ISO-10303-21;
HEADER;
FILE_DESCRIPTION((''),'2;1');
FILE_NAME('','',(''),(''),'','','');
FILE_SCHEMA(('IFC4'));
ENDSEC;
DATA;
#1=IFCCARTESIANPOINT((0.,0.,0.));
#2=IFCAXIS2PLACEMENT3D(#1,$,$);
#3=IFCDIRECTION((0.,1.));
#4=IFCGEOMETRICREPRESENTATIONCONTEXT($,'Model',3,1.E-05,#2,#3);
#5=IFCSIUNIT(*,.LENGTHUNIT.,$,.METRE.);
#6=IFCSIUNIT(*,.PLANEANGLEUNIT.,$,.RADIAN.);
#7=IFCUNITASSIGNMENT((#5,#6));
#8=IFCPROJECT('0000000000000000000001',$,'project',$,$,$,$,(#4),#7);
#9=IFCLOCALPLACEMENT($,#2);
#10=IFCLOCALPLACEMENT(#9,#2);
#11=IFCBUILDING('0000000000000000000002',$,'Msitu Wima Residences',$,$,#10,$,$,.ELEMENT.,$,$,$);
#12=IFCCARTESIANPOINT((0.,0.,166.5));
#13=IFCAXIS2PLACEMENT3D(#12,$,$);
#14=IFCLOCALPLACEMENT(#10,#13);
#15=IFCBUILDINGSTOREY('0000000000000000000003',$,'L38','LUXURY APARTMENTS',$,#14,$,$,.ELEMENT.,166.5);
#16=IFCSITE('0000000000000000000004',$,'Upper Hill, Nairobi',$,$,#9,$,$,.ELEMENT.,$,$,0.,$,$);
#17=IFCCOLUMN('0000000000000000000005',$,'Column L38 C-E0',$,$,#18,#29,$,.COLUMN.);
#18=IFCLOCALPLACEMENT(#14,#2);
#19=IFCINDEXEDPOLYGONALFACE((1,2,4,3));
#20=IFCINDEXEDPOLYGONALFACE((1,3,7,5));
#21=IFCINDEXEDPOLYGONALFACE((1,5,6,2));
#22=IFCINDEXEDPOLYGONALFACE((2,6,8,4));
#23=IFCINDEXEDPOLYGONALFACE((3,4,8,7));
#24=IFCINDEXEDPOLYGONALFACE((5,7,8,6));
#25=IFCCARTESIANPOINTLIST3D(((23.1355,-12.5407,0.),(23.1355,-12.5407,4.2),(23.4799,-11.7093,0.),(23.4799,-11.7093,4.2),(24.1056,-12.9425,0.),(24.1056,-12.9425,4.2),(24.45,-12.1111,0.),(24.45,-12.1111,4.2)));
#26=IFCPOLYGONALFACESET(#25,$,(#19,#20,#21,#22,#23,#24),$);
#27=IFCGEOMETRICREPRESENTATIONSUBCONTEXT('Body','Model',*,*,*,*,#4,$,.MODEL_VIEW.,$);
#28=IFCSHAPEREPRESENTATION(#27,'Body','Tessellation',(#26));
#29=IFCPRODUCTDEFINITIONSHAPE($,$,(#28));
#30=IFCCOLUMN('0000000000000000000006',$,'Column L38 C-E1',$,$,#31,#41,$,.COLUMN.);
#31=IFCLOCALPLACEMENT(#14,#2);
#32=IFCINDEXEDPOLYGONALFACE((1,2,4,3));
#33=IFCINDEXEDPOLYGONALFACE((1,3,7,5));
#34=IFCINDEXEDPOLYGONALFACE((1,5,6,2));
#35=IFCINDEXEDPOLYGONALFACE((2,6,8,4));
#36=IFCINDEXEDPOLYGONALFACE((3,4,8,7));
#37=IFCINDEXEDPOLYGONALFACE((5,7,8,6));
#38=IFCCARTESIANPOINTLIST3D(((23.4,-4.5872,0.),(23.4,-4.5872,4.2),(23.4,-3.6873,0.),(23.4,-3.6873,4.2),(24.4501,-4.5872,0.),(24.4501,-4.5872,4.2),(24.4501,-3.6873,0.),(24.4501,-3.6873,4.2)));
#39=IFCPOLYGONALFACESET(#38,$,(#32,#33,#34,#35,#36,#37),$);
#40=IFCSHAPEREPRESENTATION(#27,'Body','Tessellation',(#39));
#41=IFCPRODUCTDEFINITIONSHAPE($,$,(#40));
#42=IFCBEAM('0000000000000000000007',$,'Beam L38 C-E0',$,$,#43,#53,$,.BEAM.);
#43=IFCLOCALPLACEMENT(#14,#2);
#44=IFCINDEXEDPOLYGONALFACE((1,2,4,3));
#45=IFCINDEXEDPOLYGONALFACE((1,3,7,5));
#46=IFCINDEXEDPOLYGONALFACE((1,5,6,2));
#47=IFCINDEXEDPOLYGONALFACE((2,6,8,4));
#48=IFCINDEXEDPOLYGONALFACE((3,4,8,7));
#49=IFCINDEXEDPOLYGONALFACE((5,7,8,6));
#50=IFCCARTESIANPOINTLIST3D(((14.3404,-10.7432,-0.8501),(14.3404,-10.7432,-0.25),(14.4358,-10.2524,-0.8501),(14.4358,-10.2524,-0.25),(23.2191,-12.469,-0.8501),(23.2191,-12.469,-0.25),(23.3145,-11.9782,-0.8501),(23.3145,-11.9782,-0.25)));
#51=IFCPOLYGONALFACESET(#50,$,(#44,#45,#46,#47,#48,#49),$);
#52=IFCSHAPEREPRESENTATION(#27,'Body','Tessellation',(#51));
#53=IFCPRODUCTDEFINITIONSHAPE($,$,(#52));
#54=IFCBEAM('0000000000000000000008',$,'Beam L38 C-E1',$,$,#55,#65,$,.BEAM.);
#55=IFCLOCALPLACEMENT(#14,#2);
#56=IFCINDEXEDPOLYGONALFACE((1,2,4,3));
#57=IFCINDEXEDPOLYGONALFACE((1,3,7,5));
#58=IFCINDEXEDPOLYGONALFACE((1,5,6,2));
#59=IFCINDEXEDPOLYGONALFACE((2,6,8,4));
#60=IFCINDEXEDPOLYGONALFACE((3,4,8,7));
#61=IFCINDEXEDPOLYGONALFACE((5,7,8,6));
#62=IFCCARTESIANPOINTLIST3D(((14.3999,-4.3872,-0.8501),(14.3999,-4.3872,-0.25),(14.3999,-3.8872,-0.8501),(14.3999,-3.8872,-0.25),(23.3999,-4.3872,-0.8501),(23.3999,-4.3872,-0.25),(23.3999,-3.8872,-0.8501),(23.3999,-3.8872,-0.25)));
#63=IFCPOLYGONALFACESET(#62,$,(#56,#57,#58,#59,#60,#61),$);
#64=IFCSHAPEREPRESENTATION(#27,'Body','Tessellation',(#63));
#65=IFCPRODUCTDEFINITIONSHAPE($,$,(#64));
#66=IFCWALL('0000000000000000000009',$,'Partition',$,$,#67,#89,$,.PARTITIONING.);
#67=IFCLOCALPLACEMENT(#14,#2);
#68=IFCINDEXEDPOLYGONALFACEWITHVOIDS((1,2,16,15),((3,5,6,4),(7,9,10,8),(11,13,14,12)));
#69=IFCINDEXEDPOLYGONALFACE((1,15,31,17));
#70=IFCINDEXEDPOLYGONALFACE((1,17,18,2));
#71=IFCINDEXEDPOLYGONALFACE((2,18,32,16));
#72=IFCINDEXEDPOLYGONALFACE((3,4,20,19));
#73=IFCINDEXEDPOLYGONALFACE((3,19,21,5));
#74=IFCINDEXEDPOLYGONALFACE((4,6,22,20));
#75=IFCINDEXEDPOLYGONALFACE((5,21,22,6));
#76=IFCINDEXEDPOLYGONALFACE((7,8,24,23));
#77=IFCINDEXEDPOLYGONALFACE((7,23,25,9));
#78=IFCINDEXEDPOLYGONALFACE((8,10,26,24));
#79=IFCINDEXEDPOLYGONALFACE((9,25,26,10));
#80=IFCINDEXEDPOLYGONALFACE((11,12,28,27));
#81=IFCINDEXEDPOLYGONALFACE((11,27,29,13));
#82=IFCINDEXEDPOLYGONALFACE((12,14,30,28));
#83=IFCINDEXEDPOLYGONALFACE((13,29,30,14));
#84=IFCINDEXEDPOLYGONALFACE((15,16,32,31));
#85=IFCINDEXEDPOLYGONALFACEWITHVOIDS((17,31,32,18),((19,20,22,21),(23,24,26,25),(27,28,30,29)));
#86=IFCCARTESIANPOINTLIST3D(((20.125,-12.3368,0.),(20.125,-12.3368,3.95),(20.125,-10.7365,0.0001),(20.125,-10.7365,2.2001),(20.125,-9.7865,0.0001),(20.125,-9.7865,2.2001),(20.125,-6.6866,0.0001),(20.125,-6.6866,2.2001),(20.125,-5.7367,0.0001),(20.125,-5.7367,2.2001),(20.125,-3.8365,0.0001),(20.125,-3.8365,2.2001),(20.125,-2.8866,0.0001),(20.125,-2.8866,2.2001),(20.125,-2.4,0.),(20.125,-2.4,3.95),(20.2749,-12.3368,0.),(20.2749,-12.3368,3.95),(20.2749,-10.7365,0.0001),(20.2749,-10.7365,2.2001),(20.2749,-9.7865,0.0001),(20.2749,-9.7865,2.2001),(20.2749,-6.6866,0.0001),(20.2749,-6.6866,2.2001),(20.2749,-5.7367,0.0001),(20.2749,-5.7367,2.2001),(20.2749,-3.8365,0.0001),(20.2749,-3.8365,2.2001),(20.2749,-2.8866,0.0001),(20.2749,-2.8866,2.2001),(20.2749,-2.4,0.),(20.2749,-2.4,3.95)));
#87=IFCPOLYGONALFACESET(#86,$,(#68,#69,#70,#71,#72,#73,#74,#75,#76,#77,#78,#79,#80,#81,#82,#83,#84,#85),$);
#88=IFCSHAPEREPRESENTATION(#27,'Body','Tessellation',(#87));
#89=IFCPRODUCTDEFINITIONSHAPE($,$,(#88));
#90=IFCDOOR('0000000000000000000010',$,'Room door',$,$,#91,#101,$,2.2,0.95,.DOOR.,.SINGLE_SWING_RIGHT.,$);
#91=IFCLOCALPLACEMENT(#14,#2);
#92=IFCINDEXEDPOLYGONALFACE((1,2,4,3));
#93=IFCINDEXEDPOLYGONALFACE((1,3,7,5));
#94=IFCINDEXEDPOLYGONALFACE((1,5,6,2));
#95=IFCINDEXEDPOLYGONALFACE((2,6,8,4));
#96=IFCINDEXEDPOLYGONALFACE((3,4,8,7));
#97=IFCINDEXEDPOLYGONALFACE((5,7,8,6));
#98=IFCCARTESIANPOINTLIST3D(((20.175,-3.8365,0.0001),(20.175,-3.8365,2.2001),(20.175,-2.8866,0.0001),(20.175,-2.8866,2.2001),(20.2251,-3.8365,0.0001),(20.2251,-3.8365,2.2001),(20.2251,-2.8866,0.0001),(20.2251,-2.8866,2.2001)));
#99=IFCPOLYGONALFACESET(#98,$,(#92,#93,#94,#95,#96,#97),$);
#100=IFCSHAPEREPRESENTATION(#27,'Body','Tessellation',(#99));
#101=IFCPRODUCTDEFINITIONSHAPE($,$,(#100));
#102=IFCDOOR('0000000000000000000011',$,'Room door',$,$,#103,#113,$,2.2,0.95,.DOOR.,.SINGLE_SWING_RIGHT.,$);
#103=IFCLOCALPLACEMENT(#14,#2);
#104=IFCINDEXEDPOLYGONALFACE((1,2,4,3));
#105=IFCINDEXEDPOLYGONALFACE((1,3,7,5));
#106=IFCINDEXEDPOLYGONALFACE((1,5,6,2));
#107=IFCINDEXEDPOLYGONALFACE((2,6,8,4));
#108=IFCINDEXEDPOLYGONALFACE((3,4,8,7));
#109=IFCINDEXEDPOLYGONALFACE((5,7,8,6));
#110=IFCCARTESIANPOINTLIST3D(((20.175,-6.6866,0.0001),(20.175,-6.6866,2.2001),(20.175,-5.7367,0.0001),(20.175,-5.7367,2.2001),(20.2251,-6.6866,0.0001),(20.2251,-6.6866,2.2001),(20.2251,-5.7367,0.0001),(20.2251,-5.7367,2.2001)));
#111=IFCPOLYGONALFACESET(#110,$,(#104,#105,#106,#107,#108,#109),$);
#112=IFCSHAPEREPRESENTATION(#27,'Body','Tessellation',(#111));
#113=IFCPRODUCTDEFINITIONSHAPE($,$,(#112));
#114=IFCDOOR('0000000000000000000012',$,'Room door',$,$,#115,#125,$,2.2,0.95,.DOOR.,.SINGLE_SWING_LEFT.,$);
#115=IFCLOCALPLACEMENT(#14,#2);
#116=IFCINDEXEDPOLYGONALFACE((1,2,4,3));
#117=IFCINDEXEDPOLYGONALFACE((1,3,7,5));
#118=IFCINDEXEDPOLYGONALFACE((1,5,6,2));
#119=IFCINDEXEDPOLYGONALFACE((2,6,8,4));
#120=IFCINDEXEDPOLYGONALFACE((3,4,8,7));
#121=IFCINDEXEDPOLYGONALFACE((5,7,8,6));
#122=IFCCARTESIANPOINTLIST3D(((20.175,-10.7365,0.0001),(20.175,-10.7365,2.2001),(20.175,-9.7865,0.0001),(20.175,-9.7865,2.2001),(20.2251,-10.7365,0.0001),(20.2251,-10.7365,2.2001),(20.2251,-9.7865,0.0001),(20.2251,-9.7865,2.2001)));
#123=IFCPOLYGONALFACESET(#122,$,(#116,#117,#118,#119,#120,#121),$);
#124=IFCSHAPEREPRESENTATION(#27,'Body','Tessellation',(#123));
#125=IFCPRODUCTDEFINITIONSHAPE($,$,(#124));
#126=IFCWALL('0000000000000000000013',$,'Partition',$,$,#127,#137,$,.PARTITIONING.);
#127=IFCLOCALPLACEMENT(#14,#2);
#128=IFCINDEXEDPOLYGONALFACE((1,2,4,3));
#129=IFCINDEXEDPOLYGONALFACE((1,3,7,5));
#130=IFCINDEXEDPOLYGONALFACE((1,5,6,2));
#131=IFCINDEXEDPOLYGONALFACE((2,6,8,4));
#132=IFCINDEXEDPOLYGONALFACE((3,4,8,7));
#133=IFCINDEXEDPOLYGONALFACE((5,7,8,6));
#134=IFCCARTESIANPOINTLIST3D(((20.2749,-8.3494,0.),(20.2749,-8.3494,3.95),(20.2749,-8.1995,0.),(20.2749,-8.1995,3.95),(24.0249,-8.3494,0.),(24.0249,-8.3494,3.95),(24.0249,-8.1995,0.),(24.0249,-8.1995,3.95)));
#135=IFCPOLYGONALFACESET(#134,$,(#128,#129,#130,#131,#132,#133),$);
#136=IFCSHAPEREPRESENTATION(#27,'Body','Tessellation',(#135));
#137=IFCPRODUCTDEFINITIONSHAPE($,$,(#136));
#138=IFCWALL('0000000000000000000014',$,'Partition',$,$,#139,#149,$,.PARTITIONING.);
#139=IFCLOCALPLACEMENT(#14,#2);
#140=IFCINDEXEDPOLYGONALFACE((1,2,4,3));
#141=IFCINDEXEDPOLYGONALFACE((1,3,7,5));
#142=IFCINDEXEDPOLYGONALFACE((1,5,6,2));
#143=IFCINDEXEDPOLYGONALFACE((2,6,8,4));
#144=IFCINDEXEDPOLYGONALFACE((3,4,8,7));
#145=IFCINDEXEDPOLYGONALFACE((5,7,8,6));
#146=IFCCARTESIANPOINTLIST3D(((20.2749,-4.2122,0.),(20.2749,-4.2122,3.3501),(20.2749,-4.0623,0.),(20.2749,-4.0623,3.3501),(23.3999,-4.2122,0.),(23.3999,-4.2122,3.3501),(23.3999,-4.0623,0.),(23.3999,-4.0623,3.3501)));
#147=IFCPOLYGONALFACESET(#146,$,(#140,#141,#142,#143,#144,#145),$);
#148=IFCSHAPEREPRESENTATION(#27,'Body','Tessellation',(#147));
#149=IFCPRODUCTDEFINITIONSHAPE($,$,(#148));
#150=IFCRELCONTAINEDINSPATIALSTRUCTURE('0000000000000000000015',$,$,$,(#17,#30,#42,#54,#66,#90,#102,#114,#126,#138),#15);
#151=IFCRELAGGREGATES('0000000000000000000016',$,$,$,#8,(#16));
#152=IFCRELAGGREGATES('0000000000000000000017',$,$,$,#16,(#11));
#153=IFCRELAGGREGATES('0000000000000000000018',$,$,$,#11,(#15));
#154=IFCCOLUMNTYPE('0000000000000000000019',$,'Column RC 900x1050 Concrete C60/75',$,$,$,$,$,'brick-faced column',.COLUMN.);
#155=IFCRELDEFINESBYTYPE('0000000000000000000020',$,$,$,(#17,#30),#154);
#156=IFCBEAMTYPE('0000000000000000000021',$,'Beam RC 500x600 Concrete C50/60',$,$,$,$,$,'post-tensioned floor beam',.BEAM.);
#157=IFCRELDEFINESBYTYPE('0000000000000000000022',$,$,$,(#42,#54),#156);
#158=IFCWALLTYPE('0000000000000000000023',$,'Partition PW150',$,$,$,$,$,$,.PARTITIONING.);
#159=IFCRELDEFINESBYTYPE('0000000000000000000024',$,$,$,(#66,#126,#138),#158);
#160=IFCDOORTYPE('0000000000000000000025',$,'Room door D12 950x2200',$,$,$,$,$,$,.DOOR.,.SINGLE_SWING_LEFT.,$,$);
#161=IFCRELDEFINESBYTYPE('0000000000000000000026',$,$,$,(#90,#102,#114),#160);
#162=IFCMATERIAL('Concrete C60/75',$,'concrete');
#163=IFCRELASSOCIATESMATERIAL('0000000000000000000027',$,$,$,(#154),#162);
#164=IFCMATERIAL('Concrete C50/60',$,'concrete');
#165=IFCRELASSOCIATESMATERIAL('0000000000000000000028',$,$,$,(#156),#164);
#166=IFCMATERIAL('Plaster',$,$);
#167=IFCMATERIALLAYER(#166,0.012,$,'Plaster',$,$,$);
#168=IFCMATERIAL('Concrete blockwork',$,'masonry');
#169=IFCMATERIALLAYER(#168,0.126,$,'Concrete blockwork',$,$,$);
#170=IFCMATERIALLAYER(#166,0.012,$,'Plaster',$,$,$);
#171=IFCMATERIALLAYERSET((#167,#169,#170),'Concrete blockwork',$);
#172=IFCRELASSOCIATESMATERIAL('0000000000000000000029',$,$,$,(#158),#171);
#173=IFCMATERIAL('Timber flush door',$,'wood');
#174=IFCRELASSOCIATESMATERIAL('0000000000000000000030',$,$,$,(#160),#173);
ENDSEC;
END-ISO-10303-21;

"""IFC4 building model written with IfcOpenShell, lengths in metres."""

from ifc_helpers import new_model, si_unit, direction, frame, frame_2d, origin, origin_2d, place, context, subcontext, project, spatial, rectangle, extrude, material, layer, layer_set, material_profile, profile_set, type_object, element, fill, save


model = new_model("IFC4")

# Units and contexts
model_context = context("Model", 3, precision=1e-05, world=origin(), true_north=direction((0.0, 1.0)))
body_context = subcontext(model_context, "Body", "Model", "MODEL_VIEW")
ifc_project = project(units=[si_unit("LENGTHUNIT", "METRE"), si_unit("PLANEANGLEUNIT", "RADIAN")], contexts=[model_context])

# Site, building, storey
site_placement = place(None, origin())
site = spatial("IfcSite", under=ifc_project, at=site_placement, Name="Upper Hill, Nairobi", CompositionType="ELEMENT", RefElevation=0.0)
building_placement = place(site_placement, origin())
building = spatial("IfcBuilding", under=site, at=building_placement, Name="Msitu Wima Residences", CompositionType="ELEMENT")
storey_placement = place(building_placement, frame((0.0, 0.0, 166.5)))
storey = spatial("IfcBuildingStorey", under=building, at=storey_placement, Name="L38", Description="LUXURY APARTMENTS", CompositionType="ELEMENT", Elevation=166.5)

# Columns
ifc_material_1 = material(Name="Concrete C60/75", Category="concrete")
ifc_material_profile_1 = material_profile(ifc_material_1, rectangle(XDim=0.8999, YDim=1.05, at=origin_2d()), Name="RC 900x1050")
ifc_profile_set_1 = profile_set([ifc_material_profile_1], Name="Concrete C60/75")
column_type = type_object("IfcColumnType", Name="Column RC 900x1050 Concrete C60/75", ElementType="brick-faced column", PredefinedType="COLUMN", material=ifc_profile_set_1)
for number, where, z_axis, x_axis, name in (
    (1, (23.7927, -12.3259, 0.0), (0.0, 0.0, 1.0), (0.382683, 0.92388, 0.0), "Column L38 C-E0"),
    (2, (23.925, -4.1372, 0.0), (0.0, 0.0, 1.0), (0.0, 1.0, 0.0), "Column L38 C-E1"),
):
    element("IfcColumn", number, at=place(storey_placement, frame(where, z_axis=z_axis, x_axis=x_axis)), inside=storey, type_object=column_type, Name=name, PredefinedType="COLUMN", context=body_context, shape_type="SweptSolid", body=[
        extrude(rectangle(XDim=0.8999, YDim=1.05, at=origin_2d()), origin(), (0.0, 0.0, 1.0), 4.2),
    ])

# Beams
ifc_material_2 = material(Name="Concrete C50/60", Category="concrete")
ifc_material_profile_2 = material_profile(ifc_material_2, rectangle(XDim=0.5, YDim=0.6001, at=origin_2d()), Name="RC 500x600")
ifc_profile_set_2 = profile_set([ifc_material_profile_2], Name="Concrete C50/60")
beam_type = type_object("IfcBeamType", Name="Beam RC 500x600 Concrete C50/60", ElementType="post-tensioned floor beam", PredefinedType="BEAM", material=ifc_profile_set_2)
beam_1_placement = place(storey_placement, frame((23.2668, -12.2236, -0.55), z_axis=(-0.981627, 0.190808, 0.0), x_axis=(-0.190808, -0.981627, 0.0)))
element("IfcBeam", 3, at=beam_1_placement, inside=storey, type_object=beam_type, Name="Beam L38 C-E0", PredefinedType="BEAM", context=body_context, shape_type="SweptSolid", body=[
    extrude(rectangle(XDim=0.5, YDim=0.6001, at=origin_2d()), origin(), (0.0, 0.0, 1.0), 9.0449),
])
beam_2_placement = place(storey_placement, frame((23.3999, -4.1372, -0.55), z_axis=(-1.0, 0.0, 0.0), x_axis=(0.0, -1.0, 0.0)))
element("IfcBeam", 4, at=beam_2_placement, inside=storey, type_object=beam_type, Name="Beam L38 C-E1", PredefinedType="BEAM", context=body_context, shape_type="SweptSolid", body=[
    extrude(rectangle(XDim=0.5, YDim=0.6001, at=origin_2d()), origin(), (0.0, 0.0, 1.0), 9.0),
])

# Wall, openings, doors
ifc_material_3 = material(Name="Plaster")
ifc_layer_1 = layer(ifc_material_3, 0.012, Name="Plaster")
ifc_material_4 = material(Name="Concrete blockwork", Category="masonry")
ifc_layer_2 = layer(ifc_material_4, 0.126, Name="Concrete blockwork")
ifc_layer_3 = layer(ifc_material_3, 0.012, Name="Plaster")
ifc_layer_set_1 = layer_set([ifc_layer_1, ifc_layer_2, ifc_layer_3], Name="Concrete blockwork")
wall_type_1 = type_object("IfcWallType", Name="Partition PW150", PredefinedType="PARTITIONING", material=ifc_layer_set_1)
wall_1_placement = place(storey_placement, frame((20.2, -12.3367, 0.0), z_axis=(0.0, 0.0, 1.0), x_axis=(0.0, 1.0, 0.0)))
wall_1 = element("IfcWall", 5, at=wall_1_placement, inside=storey, type_object=wall_type_1, Name="Partition", PredefinedType="PARTITIONING", context=body_context, shape_type="SweptSolid", body=[
    extrude(rectangle(XDim=9.9368, YDim=0.1499, at=frame_2d((4.9683, 0.0))), origin(), (0.0, 0.0, 1.0), 3.95),
])
opening_1_placement = place(wall_1_placement, frame((8.5, 0.0, 0.0)))
opening_1 = element("IfcOpeningElement", 6, at=opening_1_placement, cuts=wall_1, PredefinedType="OPENING", context=body_context, shape_type="SweptSolid", body=[
    extrude(rectangle(XDim=0.95, YDim=2.2, at=frame_2d((0.4751, 1.1001))), frame((0.0, 0.085, 0.0), z_axis=(0.0, -1.0, 0.0), x_axis=(1.0, 0.0, 0.0)), (0.0, 0.0, 1.0), 0.1699),
])
opening_2_placement = place(wall_1_placement, frame((5.6499, 0.0, 0.0)))
opening_2 = element("IfcOpeningElement", 7, at=opening_2_placement, cuts=wall_1, PredefinedType="OPENING", context=body_context, shape_type="SweptSolid", body=[
    extrude(rectangle(XDim=0.95, YDim=2.2, at=frame_2d((0.4751, 1.1001))), frame((0.0, 0.085, 0.0), z_axis=(0.0, -1.0, 0.0), x_axis=(1.0, 0.0, 0.0)), (0.0, 0.0, 1.0), 0.1699),
])
opening_3_placement = place(wall_1_placement, frame((1.6001, 0.0, 0.0)))
opening_3 = element("IfcOpeningElement", 8, at=opening_3_placement, cuts=wall_1, PredefinedType="OPENING", context=body_context, shape_type="SweptSolid", body=[
    extrude(rectangle(XDim=0.95, YDim=2.2, at=frame_2d((0.4751, 1.1001))), frame((0.0, 0.085, 0.0), z_axis=(0.0, -1.0, 0.0), x_axis=(1.0, 0.0, 0.0)), (0.0, 0.0, 1.0), 0.1699),
])
ifc_material_5 = material(Name="Timber flush door", Category="wood")
door_type_1 = type_object("IfcDoorType", Name="Room door D12 950x2200", OperationType="SINGLE_SWING_LEFT", PredefinedType="DOOR", material=ifc_material_5)
door_1_placement = place(opening_1_placement, origin())
door_1 = element("IfcDoor", 9, at=door_1_placement, inside=storey, type_object=door_type_1, Name="Room door", OperationType="SINGLE_SWING_RIGHT", OverallHeight=2.2, OverallWidth=0.95, PredefinedType="DOOR", context=body_context, shape_type="SweptSolid", body=[
    extrude(rectangle(XDim=0.95, YDim=2.2, at=frame_2d((0.4751, 1.1001))), frame((0.0, 0.0249, 0.0), z_axis=(0.0, -1.0, 0.0), x_axis=(1.0, 0.0, 0.0)), (0.0, 0.0, 1.0), 0.05),
])
fill(opening_1, door_1)
door_2_placement = place(opening_2_placement, origin())
door_2 = element("IfcDoor", 10, at=door_2_placement, inside=storey, type_object=door_type_1, Name="Room door", OperationType="SINGLE_SWING_RIGHT", OverallHeight=2.2, OverallWidth=0.95, PredefinedType="DOOR", context=body_context, shape_type="SweptSolid", body=[
    extrude(rectangle(XDim=0.95, YDim=2.2, at=frame_2d((0.4751, 1.1001))), frame((0.0, 0.0249, 0.0), z_axis=(0.0, -1.0, 0.0), x_axis=(1.0, 0.0, 0.0)), (0.0, 0.0, 1.0), 0.05),
])
fill(opening_2, door_2)
door_3_placement = place(opening_3_placement, origin())
door_3 = element("IfcDoor", 11, at=door_3_placement, inside=storey, type_object=door_type_1, Name="Room door", OperationType="SINGLE_SWING_LEFT", OverallHeight=2.2, OverallWidth=0.95, PredefinedType="DOOR", context=body_context, shape_type="SweptSolid", body=[
    extrude(rectangle(XDim=0.95, YDim=2.2, at=frame_2d((0.4751, 1.1001))), frame((0.0, 0.0249, 0.0), z_axis=(0.0, -1.0, 0.0), x_axis=(1.0, 0.0, 0.0)), (0.0, 0.0, 1.0), 0.05),
])
fill(opening_3, door_3)

# Walls
wall_2_placement = place(storey_placement, frame((20.2749, -8.2744, 0.0), z_axis=(0.0, 0.0, 1.0), x_axis=(1.0, 0.0, 0.0)))
element("IfcWall", 12, at=wall_2_placement, inside=storey, type_object=wall_type_1, Name="Partition", PredefinedType="PARTITIONING", context=body_context, shape_type="SweptSolid", body=[
    extrude(rectangle(XDim=3.75, YDim=0.1499, at=frame_2d((1.875, 0.0))), origin(), (0.0, 0.0, 1.0), 3.95),
])
wall_3_placement = place(storey_placement, frame((20.2749, -4.1372, 0.0), z_axis=(0.0, 0.0, 1.0), x_axis=(1.0, 0.0, 0.0)))
element("IfcWall", 13, at=wall_3_placement, inside=storey, type_object=wall_type_1, Name="Partition", PredefinedType="PARTITIONING", context=body_context, shape_type="SweptSolid", body=[
    extrude(rectangle(XDim=3.125, YDim=0.1499, at=frame_2d((1.5625, 0.0))), origin(), (0.0, 0.0, 1.0), 3.3501),
])

save(model, "model.ifc")
